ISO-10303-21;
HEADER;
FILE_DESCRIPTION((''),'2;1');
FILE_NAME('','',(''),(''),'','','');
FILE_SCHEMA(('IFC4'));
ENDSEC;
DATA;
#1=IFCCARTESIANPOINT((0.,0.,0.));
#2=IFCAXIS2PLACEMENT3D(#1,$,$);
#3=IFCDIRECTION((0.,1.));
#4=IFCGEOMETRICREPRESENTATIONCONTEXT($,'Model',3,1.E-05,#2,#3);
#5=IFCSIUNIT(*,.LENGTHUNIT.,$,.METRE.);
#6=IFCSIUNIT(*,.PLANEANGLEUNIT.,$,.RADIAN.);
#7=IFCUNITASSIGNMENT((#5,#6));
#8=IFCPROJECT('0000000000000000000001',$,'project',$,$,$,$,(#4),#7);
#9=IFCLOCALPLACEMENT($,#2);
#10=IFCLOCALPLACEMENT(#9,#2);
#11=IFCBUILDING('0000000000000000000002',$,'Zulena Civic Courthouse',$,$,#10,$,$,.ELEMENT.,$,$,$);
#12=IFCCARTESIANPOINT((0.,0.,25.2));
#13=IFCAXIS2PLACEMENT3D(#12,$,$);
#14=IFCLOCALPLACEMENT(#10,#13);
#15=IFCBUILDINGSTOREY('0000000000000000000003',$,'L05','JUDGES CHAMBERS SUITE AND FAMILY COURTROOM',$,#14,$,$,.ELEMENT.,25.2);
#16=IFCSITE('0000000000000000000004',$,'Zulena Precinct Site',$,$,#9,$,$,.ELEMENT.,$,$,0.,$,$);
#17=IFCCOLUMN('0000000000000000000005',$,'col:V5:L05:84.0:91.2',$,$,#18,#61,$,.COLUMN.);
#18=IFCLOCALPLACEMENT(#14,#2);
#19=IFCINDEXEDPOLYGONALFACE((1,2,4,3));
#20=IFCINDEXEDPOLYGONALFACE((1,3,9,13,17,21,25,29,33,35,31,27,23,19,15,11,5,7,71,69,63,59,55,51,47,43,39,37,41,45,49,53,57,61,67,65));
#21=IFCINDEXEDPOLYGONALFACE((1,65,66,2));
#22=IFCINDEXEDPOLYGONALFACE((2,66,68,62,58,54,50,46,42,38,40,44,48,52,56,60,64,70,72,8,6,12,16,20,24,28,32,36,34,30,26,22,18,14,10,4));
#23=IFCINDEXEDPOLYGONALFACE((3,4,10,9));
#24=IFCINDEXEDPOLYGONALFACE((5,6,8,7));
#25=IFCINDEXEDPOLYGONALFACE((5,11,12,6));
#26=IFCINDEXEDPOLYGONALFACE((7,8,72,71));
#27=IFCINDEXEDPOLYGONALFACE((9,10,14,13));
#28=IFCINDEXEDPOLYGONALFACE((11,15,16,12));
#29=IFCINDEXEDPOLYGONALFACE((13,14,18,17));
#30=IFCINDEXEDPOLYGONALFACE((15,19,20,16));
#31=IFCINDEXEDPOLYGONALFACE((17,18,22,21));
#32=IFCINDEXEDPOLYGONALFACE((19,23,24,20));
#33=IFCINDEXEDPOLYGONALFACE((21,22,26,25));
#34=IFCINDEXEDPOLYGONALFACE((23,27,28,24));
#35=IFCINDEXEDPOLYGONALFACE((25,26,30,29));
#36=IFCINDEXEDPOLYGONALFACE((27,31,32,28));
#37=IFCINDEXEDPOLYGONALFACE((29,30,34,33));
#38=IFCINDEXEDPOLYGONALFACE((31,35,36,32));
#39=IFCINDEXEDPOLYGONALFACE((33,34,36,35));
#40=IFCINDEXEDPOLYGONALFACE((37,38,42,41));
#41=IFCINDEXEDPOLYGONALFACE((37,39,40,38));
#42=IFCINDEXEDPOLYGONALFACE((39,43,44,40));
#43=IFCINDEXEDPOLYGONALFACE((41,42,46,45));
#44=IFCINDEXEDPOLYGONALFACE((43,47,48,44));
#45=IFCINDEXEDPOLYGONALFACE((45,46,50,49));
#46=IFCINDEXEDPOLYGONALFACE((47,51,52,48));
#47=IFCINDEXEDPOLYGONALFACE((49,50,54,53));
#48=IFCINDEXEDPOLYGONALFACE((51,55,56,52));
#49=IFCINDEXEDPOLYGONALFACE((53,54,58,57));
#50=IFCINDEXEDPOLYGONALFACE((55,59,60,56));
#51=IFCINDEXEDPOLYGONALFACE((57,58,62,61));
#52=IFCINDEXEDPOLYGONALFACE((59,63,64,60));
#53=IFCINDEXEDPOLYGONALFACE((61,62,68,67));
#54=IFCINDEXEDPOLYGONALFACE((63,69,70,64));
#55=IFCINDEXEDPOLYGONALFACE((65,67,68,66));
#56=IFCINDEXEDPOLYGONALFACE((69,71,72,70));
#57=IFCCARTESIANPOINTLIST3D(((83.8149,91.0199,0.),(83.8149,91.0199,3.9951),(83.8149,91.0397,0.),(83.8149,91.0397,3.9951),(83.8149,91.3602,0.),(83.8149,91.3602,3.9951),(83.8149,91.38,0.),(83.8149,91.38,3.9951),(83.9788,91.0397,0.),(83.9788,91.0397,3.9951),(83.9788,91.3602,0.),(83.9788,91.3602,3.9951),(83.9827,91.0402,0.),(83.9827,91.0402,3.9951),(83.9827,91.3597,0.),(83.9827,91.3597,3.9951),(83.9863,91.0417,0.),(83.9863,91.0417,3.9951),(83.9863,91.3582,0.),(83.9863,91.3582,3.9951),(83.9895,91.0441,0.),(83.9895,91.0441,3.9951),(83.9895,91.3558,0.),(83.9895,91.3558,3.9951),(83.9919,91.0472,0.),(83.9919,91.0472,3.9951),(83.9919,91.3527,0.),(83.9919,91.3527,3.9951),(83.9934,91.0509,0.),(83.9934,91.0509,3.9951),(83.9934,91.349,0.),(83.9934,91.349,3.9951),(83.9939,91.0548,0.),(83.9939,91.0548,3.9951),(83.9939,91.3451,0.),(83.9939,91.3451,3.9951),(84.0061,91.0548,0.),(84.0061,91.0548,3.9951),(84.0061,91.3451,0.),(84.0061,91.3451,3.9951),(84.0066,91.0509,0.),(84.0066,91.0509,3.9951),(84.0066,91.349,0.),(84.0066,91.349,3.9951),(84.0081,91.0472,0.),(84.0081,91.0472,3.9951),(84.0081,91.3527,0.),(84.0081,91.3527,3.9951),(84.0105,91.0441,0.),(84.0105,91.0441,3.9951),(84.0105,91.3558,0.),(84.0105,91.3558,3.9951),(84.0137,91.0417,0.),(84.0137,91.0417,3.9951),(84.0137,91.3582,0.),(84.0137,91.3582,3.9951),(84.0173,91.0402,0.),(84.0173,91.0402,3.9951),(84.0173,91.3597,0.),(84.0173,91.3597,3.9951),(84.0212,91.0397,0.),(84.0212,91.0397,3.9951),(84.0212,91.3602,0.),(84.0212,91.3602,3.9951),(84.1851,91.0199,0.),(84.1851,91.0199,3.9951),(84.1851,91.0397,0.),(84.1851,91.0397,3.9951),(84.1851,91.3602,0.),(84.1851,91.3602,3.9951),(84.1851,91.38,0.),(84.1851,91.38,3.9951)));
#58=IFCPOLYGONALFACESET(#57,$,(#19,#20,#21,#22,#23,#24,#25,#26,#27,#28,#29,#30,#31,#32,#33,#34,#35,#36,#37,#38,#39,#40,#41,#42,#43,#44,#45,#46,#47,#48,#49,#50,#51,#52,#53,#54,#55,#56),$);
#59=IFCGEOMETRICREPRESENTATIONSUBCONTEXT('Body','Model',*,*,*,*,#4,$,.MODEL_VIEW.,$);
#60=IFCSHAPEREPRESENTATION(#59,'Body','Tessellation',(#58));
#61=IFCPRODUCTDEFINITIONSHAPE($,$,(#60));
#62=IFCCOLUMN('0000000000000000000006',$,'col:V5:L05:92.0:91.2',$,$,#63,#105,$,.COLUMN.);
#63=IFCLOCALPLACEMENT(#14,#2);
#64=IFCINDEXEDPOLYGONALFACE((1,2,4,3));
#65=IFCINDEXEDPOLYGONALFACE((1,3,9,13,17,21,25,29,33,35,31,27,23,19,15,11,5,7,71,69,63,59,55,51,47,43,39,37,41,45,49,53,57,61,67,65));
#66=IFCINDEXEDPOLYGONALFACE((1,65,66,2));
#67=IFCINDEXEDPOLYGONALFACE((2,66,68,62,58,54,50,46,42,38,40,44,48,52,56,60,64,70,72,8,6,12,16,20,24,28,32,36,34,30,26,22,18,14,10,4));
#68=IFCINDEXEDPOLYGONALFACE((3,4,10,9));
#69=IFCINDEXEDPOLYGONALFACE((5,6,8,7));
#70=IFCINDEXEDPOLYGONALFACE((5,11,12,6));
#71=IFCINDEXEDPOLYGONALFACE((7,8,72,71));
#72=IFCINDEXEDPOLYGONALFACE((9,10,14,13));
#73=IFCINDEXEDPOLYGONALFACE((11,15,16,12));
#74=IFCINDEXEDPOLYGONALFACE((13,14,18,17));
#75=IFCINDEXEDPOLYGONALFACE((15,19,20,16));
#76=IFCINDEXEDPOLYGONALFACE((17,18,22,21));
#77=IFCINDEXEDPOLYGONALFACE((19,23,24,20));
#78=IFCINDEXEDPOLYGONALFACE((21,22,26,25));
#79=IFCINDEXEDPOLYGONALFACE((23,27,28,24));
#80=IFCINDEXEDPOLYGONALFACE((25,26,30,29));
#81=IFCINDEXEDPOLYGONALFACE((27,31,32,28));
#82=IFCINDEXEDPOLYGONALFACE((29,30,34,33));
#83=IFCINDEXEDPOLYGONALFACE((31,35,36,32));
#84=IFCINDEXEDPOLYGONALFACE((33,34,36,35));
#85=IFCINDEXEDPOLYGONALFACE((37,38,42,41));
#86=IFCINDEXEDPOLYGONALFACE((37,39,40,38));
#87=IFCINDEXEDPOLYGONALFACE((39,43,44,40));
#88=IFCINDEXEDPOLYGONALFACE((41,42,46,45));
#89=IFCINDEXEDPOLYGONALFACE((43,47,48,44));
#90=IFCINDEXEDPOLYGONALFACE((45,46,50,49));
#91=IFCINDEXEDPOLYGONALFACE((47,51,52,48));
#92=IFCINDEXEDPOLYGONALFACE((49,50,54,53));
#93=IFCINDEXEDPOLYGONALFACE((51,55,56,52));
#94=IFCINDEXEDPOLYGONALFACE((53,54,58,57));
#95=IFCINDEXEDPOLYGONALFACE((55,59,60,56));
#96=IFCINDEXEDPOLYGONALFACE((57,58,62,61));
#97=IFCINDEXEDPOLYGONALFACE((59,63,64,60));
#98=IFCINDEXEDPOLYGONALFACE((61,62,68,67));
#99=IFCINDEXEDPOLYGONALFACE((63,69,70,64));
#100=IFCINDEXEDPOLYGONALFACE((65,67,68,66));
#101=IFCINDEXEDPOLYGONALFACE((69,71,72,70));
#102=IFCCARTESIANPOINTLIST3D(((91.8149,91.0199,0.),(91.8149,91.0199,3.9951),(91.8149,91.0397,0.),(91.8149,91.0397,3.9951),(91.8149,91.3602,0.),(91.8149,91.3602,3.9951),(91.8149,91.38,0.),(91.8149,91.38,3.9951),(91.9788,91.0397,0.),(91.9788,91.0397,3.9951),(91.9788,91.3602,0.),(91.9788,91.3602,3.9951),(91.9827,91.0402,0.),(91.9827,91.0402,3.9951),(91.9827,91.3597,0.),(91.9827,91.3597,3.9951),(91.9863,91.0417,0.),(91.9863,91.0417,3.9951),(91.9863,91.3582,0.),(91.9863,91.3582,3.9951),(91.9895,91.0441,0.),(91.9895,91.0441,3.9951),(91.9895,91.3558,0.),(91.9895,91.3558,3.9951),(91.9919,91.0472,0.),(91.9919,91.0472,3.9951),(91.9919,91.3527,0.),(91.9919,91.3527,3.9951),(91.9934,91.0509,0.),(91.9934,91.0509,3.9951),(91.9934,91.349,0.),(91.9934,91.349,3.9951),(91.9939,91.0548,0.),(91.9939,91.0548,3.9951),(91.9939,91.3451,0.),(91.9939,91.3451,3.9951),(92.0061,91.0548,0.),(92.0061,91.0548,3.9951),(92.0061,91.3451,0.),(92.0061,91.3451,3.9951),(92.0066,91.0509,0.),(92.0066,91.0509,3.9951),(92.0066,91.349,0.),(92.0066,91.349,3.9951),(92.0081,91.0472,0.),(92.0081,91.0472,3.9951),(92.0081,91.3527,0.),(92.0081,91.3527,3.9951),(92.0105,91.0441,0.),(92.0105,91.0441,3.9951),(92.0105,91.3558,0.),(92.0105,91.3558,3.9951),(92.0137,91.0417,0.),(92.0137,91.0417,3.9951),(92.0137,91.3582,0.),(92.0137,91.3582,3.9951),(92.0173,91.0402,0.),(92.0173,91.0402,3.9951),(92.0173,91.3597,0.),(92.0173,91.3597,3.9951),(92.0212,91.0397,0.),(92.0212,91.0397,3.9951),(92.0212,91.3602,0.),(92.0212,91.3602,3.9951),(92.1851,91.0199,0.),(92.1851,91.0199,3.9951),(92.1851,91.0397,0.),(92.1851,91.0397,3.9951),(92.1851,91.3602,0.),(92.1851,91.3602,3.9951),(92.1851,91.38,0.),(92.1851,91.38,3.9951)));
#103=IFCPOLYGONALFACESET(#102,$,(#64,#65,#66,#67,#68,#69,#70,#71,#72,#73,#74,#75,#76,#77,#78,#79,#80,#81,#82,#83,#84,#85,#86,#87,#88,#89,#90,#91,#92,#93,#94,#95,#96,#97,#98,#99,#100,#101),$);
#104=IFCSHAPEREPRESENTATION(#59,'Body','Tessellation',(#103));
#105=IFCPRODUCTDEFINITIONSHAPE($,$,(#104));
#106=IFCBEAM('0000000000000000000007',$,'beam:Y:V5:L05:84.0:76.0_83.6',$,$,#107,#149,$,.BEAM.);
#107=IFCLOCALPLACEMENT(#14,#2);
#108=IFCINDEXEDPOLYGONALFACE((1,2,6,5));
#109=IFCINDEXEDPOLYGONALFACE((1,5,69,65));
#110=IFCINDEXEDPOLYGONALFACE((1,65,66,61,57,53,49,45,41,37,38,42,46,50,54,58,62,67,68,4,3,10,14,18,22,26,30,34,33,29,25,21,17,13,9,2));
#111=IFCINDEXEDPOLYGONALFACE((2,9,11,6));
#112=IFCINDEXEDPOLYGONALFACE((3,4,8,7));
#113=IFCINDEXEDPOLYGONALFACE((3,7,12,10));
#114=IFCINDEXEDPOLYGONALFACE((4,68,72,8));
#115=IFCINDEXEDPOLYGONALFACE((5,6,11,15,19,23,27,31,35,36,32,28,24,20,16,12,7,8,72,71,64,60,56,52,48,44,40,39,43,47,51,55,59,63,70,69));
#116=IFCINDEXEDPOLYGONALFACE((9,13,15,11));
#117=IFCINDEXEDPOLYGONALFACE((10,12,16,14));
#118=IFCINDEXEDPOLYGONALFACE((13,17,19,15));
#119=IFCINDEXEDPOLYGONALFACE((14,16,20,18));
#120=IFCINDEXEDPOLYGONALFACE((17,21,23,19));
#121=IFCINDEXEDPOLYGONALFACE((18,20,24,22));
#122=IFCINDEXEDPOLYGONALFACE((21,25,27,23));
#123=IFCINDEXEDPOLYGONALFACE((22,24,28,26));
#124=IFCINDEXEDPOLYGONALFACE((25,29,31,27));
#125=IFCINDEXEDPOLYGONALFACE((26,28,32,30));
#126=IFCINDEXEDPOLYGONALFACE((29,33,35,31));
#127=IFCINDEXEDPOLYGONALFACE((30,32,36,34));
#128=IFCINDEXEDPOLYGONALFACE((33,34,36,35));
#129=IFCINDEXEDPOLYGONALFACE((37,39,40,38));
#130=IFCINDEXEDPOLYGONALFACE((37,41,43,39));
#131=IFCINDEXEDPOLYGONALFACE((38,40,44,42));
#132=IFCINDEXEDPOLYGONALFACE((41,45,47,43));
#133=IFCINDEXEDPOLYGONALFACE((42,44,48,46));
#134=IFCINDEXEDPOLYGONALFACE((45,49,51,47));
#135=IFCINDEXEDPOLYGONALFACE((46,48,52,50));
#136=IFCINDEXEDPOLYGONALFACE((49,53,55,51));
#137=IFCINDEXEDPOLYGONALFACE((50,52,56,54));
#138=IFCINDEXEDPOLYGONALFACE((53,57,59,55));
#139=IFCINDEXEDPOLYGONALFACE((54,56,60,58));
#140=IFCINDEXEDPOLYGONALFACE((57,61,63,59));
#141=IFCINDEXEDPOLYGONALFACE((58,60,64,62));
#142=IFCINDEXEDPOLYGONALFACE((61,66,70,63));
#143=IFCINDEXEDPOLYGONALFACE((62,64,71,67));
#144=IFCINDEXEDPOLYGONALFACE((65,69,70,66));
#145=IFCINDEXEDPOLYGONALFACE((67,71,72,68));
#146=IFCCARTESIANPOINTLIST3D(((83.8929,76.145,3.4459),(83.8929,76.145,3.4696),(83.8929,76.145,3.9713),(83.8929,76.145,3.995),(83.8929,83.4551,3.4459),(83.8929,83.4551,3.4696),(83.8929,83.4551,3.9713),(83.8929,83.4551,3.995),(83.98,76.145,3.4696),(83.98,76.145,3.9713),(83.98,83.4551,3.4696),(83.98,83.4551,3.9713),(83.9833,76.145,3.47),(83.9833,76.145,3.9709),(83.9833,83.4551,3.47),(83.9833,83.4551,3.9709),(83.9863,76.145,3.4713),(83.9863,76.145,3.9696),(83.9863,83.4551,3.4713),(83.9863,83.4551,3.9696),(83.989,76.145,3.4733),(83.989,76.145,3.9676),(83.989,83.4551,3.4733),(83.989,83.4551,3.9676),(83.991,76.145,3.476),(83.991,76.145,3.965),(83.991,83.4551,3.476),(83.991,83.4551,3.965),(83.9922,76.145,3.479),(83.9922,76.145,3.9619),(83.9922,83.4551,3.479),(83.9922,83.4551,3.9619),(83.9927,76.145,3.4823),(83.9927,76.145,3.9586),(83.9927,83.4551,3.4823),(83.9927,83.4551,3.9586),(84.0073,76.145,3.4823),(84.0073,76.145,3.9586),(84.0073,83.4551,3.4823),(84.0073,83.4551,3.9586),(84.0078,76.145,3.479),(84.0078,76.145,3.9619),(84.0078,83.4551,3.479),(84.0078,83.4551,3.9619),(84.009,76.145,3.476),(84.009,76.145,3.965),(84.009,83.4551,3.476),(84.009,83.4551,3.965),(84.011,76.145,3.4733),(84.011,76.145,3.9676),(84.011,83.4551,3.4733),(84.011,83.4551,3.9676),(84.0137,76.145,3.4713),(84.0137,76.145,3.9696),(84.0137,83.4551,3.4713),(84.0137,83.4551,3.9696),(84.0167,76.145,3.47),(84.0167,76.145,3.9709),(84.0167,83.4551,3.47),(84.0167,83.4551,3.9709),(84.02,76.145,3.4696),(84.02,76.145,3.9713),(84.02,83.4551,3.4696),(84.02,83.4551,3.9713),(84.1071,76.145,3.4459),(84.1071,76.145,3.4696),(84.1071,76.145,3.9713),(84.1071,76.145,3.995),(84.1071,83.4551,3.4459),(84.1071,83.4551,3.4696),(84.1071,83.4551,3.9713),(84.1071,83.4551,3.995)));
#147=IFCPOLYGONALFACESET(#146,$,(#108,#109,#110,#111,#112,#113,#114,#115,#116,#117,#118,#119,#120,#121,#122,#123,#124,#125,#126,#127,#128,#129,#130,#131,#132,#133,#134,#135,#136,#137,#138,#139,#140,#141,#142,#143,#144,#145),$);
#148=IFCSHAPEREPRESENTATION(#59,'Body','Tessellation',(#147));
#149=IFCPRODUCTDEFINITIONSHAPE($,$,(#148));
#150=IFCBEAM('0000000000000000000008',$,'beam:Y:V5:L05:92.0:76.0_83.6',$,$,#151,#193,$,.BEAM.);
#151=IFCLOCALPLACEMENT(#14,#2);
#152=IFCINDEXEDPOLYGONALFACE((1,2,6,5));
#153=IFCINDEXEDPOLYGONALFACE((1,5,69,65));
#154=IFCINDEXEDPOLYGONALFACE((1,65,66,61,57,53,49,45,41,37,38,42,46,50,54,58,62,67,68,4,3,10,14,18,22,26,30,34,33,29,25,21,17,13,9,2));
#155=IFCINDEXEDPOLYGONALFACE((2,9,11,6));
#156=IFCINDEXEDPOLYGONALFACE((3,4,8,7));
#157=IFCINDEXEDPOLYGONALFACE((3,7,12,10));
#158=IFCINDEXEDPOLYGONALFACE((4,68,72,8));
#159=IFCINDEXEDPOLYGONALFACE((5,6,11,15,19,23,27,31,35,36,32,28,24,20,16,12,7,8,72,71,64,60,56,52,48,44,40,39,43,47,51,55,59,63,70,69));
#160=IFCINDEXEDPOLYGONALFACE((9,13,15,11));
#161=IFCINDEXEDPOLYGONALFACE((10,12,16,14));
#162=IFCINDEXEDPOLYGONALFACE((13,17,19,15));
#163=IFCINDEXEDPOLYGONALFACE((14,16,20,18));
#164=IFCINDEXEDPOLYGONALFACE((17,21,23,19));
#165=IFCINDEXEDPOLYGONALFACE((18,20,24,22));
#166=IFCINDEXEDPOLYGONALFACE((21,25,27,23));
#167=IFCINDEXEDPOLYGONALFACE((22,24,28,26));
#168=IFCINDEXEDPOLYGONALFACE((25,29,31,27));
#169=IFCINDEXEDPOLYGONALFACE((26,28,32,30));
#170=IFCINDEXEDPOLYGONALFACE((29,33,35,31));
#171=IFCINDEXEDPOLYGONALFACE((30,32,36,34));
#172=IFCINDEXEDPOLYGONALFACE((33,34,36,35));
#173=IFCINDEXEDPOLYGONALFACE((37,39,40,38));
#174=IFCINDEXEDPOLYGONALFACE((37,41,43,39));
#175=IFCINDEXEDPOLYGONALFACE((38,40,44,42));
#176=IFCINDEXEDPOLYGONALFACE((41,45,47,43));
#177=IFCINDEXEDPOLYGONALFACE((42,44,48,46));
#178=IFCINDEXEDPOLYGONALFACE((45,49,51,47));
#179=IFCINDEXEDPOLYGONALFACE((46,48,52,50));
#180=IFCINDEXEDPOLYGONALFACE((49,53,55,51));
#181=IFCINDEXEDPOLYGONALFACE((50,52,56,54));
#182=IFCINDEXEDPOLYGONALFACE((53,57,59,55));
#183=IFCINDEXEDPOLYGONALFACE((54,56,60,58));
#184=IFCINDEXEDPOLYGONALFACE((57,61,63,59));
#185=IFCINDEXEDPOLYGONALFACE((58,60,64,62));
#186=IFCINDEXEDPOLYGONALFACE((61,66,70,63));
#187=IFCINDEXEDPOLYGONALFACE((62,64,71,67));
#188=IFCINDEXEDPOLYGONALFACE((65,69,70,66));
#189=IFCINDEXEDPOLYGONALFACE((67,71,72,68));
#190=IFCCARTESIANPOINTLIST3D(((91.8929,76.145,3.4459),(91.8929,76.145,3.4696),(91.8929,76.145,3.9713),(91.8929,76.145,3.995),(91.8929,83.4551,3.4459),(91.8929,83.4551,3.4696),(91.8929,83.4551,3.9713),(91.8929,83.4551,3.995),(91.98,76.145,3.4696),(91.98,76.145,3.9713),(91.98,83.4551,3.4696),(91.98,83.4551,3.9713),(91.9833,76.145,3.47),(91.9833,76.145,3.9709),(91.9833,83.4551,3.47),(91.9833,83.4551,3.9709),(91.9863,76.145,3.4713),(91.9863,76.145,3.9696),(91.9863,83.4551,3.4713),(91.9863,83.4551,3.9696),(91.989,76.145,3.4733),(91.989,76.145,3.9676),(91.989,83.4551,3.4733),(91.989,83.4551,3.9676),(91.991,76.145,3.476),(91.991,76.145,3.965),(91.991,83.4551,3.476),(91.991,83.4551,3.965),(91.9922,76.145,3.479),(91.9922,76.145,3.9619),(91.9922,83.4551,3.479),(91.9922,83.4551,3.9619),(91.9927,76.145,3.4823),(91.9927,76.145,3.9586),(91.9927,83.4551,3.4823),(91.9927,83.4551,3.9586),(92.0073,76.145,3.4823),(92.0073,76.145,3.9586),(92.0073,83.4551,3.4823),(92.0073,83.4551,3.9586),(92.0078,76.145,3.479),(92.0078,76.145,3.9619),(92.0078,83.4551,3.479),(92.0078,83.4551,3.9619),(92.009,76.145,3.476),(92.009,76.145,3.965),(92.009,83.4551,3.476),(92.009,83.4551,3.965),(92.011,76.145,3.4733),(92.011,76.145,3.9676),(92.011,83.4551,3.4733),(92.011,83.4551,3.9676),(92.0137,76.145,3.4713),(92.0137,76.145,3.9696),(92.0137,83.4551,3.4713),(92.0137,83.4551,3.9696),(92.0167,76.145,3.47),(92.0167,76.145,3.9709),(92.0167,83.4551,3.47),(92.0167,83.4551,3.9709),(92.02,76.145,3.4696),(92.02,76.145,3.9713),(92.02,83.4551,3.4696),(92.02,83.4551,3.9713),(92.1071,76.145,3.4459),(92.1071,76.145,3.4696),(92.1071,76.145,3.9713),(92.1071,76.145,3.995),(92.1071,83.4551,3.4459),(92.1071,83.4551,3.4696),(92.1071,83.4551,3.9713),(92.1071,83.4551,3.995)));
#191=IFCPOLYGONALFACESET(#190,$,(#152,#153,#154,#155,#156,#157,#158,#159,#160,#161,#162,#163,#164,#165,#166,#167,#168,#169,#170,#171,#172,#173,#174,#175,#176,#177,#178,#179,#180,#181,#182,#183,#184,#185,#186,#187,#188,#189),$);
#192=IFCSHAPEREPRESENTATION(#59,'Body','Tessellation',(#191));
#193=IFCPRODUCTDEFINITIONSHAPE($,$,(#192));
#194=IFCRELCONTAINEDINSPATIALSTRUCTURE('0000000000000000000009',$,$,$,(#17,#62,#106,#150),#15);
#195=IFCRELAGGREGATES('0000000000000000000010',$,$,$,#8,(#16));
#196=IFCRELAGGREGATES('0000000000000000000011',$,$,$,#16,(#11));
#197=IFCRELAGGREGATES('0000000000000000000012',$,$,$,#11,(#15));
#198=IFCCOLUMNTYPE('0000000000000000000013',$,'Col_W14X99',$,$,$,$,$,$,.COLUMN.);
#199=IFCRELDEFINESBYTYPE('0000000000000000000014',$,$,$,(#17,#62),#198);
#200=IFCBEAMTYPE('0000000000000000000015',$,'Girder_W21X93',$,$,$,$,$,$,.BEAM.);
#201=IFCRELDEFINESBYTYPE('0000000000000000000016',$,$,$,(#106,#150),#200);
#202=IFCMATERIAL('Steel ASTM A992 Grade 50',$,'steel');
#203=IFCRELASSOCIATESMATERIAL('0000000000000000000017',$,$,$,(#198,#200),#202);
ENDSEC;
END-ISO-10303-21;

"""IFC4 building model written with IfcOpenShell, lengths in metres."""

from ifc_helpers import new_model, si_unit, direction, frame, origin, origin_2d, place, context, subcontext, project, spatial, i_section, extrude, material, material_profile, profile_set, type_object, element, save


model = new_model("IFC4")

# Units and contexts
model_context = context("Model", 3, precision=1e-05, world=origin(), true_north=direction((0.0, 1.0)))
body_context = subcontext(model_context, "Body", "Model", "MODEL_VIEW")
ifc_project = project(units=[si_unit("LENGTHUNIT", "METRE"), si_unit("PLANEANGLEUNIT", "RADIAN")], contexts=[model_context])

# Site, building, storey
site_placement = place(None, origin())
site = spatial("IfcSite", under=ifc_project, at=site_placement, Name="Zulena Precinct Site", CompositionType="ELEMENT", RefElevation=0.0)
building_placement = place(site_placement, origin())
building = spatial("IfcBuilding", under=site, at=building_placement, Name="Zulena Civic Courthouse", CompositionType="ELEMENT")
storey_placement = place(building_placement, frame((0.0, 0.0, 25.2)))
storey = spatial("IfcBuildingStorey", under=building, at=storey_placement, Name="L05", Description="JUDGES CHAMBERS SUITE AND FAMILY COURTROOM", CompositionType="ELEMENT", Elevation=25.2)

# Columns
ifc_material_1 = material(Name="Steel ASTM A992 Grade 50", Category="steel")
ifc_material_profile_1 = material_profile(ifc_material_1, i_section(OverallWidth=0.3701, OverallDepth=0.3601, WebThickness=0.0122, FlangeThickness=0.0198, FilletRadius=0.0151, at=origin_2d()), Name="W14X99")
ifc_profile_set_1 = profile_set([ifc_material_profile_1], Name="Steel ASTM A992 Grade 50")
column_type_1 = type_object("IfcColumnType", Name="Col_W14X99", PredefinedType="COLUMN", material=ifc_profile_set_1)
for number, where, z_axis, x_axis, name in (
    (1, (84.0, 91.2, 0.0), (0.0, 0.0, 1.0), (1.0, 0.0, 0.0), "col:V5:L05:84.0:91.2"),
    (2, (92.0, 91.2, 0.0), (0.0, 0.0, 1.0), (1.0, 0.0, 0.0), "col:V5:L05:92.0:91.2"),
):
    element("IfcColumn", number, at=place(storey_placement, frame(where, z_axis=z_axis, x_axis=x_axis)), inside=storey, type_object=column_type_1, Name=name, PredefinedType="COLUMN", context=body_context, shape_type="SweptSolid", body=[
        extrude(i_section(OverallWidth=0.3701, OverallDepth=0.3601, WebThickness=0.0122, FlangeThickness=0.0198, FilletRadius=0.0151, at=origin_2d()), origin(), (0.0, 0.0, 1.0), 3.9951),
    ])

# Beams
ifc_material_profile_2 = material_profile(ifc_material_1, i_section(OverallWidth=0.2141, OverallDepth=0.5491, WebThickness=0.0146, FlangeThickness=0.0237, FilletRadius=0.0127, at=origin_2d()), Name="W21X93")
ifc_profile_set_2 = profile_set([ifc_material_profile_2], Name="Steel ASTM A992 Grade 50")
beam_type_1 = type_object("IfcBeamType", Name="Girder_W21X93", PredefinedType="BEAM", material=ifc_profile_set_2)
for number, where, z_axis, x_axis, name in (
    (3, (84.0, 76.145, 3.7205), (0.0, 1.0, 0.0), (-1.0, 0.0, 0.0), "beam:Y:V5:L05:84.0:76.0_83.6"),
    (4, (92.0, 76.145, 3.7205), (0.0, 1.0, 0.0), (-1.0, 0.0, 0.0), "beam:Y:V5:L05:92.0:76.0_83.6"),
):
    element("IfcBeam", number, at=place(storey_placement, frame(where, z_axis=z_axis, x_axis=x_axis)), inside=storey, type_object=beam_type_1, Name=name, PredefinedType="BEAM", context=body_context, shape_type="SweptSolid", body=[
        extrude(i_section(OverallWidth=0.2141, OverallDepth=0.5491, WebThickness=0.0146, FlangeThickness=0.0237, FilletRadius=0.0127, at=origin_2d()), origin(), (0.0, 0.0, 1.0), 7.3101),
    ])

save(model, "model.ifc")
